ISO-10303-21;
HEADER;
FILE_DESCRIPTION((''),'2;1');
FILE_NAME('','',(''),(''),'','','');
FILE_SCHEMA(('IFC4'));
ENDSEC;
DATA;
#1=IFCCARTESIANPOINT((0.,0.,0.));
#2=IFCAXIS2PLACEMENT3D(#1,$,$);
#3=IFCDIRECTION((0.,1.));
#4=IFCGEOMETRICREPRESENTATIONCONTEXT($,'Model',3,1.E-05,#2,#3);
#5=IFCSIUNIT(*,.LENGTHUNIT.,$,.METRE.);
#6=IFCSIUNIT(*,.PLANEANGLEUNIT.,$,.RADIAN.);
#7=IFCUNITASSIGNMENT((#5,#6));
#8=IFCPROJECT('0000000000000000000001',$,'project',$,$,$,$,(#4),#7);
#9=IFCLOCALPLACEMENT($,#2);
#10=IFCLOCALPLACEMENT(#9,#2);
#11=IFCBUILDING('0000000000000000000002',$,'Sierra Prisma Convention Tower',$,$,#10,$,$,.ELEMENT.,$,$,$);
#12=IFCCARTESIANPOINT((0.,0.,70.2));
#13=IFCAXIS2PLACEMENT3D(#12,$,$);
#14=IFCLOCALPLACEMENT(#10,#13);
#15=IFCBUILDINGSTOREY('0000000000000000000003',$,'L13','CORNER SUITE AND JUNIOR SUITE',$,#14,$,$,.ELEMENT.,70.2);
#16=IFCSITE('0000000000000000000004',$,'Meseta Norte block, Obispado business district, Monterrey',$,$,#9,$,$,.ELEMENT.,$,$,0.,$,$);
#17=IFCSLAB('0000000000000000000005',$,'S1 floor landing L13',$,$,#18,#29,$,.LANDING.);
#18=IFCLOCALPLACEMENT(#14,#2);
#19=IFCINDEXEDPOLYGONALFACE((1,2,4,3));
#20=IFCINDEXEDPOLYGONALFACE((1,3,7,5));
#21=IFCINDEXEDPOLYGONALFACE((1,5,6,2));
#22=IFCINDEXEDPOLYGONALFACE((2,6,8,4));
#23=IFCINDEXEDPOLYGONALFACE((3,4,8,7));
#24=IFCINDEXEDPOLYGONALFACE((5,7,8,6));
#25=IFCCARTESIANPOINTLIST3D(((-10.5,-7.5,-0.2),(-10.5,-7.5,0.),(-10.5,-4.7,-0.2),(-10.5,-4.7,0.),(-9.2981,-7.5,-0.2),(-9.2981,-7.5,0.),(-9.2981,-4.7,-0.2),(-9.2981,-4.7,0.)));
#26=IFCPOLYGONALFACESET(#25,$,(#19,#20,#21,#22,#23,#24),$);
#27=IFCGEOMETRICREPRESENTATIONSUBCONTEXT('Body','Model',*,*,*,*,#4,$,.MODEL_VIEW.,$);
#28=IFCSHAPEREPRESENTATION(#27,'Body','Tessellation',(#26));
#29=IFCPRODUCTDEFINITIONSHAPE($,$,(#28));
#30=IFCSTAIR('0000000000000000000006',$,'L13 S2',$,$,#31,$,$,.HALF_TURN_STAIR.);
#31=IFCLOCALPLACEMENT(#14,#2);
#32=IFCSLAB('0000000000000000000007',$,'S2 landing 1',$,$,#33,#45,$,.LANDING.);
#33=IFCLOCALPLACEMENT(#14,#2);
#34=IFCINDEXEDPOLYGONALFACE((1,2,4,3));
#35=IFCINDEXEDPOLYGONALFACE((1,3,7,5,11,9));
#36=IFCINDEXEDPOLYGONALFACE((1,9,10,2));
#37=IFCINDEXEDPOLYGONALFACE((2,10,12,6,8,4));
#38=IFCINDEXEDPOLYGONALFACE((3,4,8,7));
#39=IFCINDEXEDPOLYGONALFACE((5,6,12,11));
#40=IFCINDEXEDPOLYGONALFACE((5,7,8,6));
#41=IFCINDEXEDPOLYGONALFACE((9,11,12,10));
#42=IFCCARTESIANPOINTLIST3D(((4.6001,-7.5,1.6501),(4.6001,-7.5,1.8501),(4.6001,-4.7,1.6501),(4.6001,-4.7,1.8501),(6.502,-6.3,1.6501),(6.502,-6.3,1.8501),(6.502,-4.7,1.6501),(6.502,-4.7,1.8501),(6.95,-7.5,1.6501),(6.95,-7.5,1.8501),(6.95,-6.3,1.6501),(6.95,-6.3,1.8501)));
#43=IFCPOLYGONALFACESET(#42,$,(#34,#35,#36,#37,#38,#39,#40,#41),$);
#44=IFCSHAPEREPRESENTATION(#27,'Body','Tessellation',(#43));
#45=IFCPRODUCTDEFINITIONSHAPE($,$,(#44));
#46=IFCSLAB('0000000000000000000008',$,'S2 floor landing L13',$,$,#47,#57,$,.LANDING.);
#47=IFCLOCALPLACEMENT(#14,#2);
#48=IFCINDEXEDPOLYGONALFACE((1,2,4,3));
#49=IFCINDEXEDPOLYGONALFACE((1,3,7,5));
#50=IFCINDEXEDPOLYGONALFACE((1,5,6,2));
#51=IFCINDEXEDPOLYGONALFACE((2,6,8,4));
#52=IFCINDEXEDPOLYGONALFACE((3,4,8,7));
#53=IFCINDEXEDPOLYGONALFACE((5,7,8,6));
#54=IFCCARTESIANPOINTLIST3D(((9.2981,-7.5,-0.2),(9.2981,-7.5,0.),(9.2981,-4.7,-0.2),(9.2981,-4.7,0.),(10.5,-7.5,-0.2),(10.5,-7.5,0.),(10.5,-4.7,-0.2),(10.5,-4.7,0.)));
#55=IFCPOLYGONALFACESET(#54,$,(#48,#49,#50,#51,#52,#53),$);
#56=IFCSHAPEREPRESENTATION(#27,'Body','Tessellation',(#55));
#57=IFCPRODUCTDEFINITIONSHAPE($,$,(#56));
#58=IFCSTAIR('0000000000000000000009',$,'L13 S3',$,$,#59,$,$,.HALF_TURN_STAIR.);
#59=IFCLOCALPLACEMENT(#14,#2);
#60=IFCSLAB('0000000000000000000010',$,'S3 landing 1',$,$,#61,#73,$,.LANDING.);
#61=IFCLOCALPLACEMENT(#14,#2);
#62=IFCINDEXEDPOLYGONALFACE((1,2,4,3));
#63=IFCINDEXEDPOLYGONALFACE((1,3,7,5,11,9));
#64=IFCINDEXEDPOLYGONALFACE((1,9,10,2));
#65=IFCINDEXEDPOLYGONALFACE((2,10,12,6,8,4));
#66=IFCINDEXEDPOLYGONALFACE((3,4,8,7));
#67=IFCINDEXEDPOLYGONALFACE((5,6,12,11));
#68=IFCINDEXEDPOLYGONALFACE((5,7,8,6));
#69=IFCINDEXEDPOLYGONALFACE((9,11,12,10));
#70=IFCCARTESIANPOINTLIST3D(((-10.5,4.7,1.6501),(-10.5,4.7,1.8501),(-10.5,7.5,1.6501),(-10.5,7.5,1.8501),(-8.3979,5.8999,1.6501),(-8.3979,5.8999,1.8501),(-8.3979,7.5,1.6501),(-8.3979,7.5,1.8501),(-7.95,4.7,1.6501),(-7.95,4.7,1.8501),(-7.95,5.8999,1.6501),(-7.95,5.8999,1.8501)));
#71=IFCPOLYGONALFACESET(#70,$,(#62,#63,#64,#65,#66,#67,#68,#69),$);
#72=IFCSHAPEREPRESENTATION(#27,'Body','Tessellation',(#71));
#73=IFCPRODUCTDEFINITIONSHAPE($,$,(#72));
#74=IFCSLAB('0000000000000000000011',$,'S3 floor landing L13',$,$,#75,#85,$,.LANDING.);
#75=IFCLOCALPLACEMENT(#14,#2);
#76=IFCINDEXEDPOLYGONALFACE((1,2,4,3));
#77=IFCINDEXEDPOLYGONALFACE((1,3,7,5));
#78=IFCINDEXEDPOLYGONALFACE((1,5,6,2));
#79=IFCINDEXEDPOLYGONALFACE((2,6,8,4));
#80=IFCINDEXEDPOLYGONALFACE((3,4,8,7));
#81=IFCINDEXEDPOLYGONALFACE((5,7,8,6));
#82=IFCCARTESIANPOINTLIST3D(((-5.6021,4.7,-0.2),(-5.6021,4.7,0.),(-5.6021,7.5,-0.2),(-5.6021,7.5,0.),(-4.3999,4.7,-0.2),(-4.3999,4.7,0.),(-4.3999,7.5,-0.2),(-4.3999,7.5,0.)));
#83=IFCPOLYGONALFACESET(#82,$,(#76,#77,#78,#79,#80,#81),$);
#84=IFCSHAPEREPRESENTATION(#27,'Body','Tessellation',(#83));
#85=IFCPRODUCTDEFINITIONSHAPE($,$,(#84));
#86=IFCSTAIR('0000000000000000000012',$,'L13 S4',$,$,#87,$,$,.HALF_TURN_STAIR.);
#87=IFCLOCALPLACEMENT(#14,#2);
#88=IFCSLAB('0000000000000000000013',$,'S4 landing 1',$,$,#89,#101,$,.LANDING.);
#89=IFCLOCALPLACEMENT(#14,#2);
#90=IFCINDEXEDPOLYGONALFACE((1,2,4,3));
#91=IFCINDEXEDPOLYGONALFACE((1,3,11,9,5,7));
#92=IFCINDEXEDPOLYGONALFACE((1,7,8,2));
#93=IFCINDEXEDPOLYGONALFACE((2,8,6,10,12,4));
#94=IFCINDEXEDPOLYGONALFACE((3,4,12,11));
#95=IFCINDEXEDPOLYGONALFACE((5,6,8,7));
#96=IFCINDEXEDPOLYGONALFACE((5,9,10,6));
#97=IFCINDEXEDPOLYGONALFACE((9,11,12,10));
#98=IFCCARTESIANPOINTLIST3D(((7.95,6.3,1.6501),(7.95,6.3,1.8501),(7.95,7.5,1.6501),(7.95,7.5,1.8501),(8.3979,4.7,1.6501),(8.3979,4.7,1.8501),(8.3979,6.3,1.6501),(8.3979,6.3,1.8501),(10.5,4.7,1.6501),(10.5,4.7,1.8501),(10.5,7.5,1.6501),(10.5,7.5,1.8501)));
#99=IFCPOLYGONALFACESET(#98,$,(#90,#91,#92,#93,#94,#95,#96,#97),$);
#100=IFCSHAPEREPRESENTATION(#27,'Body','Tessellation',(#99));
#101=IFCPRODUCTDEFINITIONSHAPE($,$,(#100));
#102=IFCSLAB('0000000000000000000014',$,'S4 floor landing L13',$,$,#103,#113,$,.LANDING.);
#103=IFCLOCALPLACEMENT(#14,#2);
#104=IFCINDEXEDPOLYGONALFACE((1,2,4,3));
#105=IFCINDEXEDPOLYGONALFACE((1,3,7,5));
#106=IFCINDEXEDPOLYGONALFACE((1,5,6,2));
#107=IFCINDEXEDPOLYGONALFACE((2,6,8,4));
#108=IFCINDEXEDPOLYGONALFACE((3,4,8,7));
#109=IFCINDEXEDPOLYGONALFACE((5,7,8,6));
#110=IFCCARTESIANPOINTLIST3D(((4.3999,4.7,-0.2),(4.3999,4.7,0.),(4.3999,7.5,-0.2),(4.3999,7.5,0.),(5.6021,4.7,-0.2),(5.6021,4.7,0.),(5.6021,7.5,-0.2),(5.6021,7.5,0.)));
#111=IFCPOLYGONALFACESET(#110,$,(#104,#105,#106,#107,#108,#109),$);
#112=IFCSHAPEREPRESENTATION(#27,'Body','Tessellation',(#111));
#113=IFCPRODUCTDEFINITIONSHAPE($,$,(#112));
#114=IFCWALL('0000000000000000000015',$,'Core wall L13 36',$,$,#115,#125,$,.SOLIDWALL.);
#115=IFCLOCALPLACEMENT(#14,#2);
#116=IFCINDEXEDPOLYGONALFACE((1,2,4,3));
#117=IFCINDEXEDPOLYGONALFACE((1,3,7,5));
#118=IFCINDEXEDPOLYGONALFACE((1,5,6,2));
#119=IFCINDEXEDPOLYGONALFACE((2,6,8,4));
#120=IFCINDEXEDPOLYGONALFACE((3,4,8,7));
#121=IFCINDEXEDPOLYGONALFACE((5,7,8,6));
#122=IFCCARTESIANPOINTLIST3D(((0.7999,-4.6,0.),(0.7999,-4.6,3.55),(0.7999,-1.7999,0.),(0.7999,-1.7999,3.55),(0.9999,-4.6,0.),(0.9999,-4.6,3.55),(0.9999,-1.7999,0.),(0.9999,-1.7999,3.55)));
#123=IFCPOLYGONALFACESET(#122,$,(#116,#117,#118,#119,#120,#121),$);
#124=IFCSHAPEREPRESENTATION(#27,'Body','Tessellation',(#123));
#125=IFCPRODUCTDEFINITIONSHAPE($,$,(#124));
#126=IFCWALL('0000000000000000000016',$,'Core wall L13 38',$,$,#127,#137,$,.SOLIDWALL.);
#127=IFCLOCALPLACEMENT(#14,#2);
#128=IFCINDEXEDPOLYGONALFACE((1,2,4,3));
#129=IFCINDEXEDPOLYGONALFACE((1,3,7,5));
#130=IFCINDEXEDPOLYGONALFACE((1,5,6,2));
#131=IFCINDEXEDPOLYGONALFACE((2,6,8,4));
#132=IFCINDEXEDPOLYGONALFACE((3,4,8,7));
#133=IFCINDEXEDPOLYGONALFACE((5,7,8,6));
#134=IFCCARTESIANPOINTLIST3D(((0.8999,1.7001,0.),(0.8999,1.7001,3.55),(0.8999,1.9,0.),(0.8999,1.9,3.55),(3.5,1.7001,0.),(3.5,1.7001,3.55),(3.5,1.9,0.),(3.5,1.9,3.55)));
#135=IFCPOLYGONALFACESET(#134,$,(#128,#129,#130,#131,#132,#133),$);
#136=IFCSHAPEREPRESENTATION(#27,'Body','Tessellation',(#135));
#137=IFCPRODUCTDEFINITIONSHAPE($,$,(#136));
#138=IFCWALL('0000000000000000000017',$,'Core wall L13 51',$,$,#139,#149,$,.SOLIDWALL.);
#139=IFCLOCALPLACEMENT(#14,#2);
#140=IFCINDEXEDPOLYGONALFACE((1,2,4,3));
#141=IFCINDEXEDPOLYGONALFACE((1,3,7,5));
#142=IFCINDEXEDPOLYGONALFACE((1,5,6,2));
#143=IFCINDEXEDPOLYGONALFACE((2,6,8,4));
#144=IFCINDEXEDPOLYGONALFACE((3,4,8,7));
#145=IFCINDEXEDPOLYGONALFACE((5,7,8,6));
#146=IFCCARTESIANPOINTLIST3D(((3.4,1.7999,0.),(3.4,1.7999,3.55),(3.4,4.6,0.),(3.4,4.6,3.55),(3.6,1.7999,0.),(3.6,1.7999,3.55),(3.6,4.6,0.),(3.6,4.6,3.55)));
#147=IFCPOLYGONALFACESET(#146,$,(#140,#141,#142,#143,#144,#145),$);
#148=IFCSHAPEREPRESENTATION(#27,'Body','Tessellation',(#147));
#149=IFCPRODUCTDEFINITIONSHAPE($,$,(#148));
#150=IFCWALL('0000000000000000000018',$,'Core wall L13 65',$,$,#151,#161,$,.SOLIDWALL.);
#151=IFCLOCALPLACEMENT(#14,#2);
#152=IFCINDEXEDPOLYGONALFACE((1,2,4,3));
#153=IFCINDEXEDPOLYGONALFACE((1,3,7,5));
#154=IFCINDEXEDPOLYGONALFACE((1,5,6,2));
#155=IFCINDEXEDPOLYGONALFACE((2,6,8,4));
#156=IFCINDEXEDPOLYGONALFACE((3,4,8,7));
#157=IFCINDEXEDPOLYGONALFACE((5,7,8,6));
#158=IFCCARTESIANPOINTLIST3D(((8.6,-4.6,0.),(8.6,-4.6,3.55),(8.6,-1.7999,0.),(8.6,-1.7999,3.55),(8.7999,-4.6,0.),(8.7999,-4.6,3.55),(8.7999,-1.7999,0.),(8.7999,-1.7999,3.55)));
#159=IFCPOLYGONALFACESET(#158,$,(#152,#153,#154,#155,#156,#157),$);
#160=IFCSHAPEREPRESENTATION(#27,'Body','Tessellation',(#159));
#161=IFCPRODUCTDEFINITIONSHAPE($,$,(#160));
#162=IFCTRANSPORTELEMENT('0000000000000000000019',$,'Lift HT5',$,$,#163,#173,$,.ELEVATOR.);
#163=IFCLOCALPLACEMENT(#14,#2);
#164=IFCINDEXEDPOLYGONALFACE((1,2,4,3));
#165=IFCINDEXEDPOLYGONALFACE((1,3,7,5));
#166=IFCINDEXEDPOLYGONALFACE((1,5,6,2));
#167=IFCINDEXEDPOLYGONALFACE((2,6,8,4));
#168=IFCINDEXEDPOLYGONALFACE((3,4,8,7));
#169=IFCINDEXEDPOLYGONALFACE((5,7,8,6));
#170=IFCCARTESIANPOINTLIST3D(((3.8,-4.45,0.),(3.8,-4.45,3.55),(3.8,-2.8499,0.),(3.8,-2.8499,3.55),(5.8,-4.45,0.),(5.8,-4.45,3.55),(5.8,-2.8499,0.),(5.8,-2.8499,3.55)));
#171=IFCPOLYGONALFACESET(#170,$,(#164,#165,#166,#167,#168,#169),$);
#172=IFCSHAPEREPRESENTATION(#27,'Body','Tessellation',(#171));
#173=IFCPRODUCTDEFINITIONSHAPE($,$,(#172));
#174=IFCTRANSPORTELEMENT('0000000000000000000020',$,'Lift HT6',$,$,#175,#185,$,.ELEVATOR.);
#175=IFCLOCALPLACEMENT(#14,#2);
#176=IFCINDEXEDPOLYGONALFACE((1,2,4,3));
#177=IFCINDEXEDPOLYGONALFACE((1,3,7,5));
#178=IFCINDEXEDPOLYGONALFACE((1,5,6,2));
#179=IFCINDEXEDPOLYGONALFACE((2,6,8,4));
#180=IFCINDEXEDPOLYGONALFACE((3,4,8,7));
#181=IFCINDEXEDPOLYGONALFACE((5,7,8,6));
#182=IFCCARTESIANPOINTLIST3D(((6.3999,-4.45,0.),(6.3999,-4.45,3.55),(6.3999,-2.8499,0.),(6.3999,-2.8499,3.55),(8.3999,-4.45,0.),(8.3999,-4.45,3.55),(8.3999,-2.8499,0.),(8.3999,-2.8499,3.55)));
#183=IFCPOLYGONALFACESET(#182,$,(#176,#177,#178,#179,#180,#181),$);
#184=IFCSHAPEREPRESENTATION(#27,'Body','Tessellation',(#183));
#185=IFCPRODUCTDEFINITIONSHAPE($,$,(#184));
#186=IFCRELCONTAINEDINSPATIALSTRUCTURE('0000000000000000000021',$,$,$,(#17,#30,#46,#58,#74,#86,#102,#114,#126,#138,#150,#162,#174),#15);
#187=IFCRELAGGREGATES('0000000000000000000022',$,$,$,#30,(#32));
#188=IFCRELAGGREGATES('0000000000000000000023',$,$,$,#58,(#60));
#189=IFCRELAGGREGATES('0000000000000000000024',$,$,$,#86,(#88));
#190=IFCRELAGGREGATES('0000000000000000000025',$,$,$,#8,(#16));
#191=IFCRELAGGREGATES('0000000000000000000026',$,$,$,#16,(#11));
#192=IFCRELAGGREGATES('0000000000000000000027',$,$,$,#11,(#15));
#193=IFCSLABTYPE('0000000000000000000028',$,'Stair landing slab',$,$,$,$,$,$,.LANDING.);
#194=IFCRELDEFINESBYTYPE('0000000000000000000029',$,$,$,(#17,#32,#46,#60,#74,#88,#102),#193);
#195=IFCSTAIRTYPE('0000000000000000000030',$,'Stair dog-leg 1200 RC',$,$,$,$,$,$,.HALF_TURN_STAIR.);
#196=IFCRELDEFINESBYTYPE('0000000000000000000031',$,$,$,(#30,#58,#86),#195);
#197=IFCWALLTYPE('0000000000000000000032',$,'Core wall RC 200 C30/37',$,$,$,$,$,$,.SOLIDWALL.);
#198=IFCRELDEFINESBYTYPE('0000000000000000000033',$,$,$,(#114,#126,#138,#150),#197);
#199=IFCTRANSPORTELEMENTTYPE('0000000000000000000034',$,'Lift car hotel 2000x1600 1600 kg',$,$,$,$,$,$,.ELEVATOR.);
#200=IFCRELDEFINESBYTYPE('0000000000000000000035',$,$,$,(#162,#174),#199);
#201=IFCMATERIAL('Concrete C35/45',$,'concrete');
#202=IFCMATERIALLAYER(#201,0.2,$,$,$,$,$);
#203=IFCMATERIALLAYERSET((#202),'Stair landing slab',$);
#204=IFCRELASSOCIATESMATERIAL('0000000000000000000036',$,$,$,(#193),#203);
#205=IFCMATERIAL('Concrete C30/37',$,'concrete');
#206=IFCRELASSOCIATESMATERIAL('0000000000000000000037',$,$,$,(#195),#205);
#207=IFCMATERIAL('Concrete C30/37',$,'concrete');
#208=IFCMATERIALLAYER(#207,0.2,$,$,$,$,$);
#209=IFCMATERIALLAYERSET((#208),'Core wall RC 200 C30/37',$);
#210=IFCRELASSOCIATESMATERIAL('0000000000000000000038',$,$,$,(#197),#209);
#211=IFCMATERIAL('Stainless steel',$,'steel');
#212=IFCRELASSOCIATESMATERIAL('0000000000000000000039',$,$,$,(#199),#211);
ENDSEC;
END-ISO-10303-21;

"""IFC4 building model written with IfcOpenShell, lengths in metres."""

from ifc_helpers import new_model, si_unit, direction, frame, frame_2d, origin, origin_2d, place, context, subcontext, project, spatial, polyline, rectangle, outline, extrude, material, layer, layer_set, type_object, element, aggregate, save


model = new_model("IFC4")

# Units and contexts
model_context = context("Model", 3, precision=1e-05, world=origin(), true_north=direction((0.0, 1.0)))
body_context = subcontext(model_context, "Body", "Model", "MODEL_VIEW")
ifc_project = project(units=[si_unit("LENGTHUNIT", "METRE"), si_unit("PLANEANGLEUNIT", "RADIAN")], contexts=[model_context])

# Site, building, storey
site_placement = place(None, origin())
site = spatial("IfcSite", under=ifc_project, at=site_placement, Name="Meseta Norte block, Obispado business district, Monterrey", CompositionType="ELEMENT", RefElevation=0.0)
building_placement = place(site_placement, origin())
building = spatial("IfcBuilding", under=site, at=building_placement, Name="Sierra Prisma Convention Tower", CompositionType="ELEMENT")
storey_placement = place(building_placement, frame((0.0, 0.0, 70.2)))
storey = spatial("IfcBuildingStorey", under=building, at=storey_placement, Name="L13", Description="CORNER SUITE AND JUNIOR SUITE", CompositionType="ELEMENT", Elevation=70.2)

# Slab
ifc_material_1 = material(Name="Concrete C35/45", Category="concrete")
ifc_layer_1 = layer(ifc_material_1, 0.2)
ifc_layer_set_1 = layer_set([ifc_layer_1], Name="Stair landing slab")
slab_type = type_object("IfcSlabType", Name="Stair landing slab", PredefinedType="LANDING", material=ifc_layer_set_1)
slab_1_placement = place(storey_placement, frame((0.0, 0.0, -0.2)))
element("IfcSlab", 1, at=slab_1_placement, inside=storey, type_object=slab_type, Name="S1 floor landing L13", PredefinedType="LANDING", context=body_context, shape_type="SweptSolid", body=[
    extrude(outline(polyline([(-10.5, -7.5), (-9.2981, -7.5), (-9.2981, -4.7), (-10.5, -4.7), (-10.5, -7.5)])), origin(), (0.0, 0.0, 1.0), 0.2),
])

# Stair, slab
ifc_material_2 = material(Name="Concrete C30/37", Category="concrete")
stair_type = type_object("IfcStairType", Name="Stair dog-leg 1200 RC", PredefinedType="HALF_TURN_STAIR", material=ifc_material_2)
stair_1_placement = place(storey_placement, origin())
stair_1 = element("IfcStair", 2, at=stair_1_placement, inside=storey, type_object=stair_type, Name="L13 S2", PredefinedType="HALF_TURN_STAIR")
slab_2_placement = place(storey_placement, frame((0.0, 0.0, 1.6501)))
slab_2 = element("IfcSlab", 3, at=slab_2_placement, type_object=slab_type, Name="S2 landing 1", PredefinedType="LANDING", context=body_context, shape_type="SweptSolid", body=[
    extrude(outline(polyline([(6.95, -6.3), (6.95, -7.5), (4.6001, -7.5), (4.6001, -4.7), (6.502, -4.7), (6.502, -6.3), (6.95, -6.3)])), origin(), (0.0, 0.0, 1.0), 0.2),
])
aggregate(stair_1, [slab_2])

# Slab
slab_3_placement = place(storey_placement, frame((0.0, 0.0, -0.2)))
element("IfcSlab", 4, at=slab_3_placement, inside=storey, type_object=slab_type, Name="S2 floor landing L13", PredefinedType="LANDING", context=body_context, shape_type="SweptSolid", body=[
    extrude(outline(polyline([(10.5, -4.7), (9.2981, -4.7), (9.2981, -7.5), (10.5, -7.5), (10.5, -4.7)])), origin(), (0.0, 0.0, 1.0), 0.2),
])

# Stair, slab
stair_2_placement = place(storey_placement, origin())
stair_2 = element("IfcStair", 5, at=stair_2_placement, inside=storey, type_object=stair_type, Name="L13 S3", PredefinedType="HALF_TURN_STAIR")
slab_4_placement = place(storey_placement, frame((0.0, 0.0, 1.6501)))
slab_4 = element("IfcSlab", 6, at=slab_4_placement, type_object=slab_type, Name="S3 landing 1", PredefinedType="LANDING", context=body_context, shape_type="SweptSolid", body=[
    extrude(outline(polyline([(-7.95, 5.8999), (-7.95, 4.7), (-10.5, 4.7), (-10.5, 7.5), (-8.3979, 7.5), (-8.3979, 5.8999), (-7.95, 5.8999)])), origin(), (0.0, 0.0, 1.0), 0.2),
])
aggregate(stair_2, [slab_4])

# Slab
slab_5_placement = place(storey_placement, frame((0.0, 0.0, -0.2)))
element("IfcSlab", 7, at=slab_5_placement, inside=storey, type_object=slab_type, Name="S3 floor landing L13", PredefinedType="LANDING", context=body_context, shape_type="SweptSolid", body=[
    extrude(outline(polyline([(-4.3999, 7.5), (-5.6021, 7.5), (-5.6021, 4.7), (-4.3999, 4.7), (-4.3999, 7.5)])), origin(), (0.0, 0.0, 1.0), 0.2),
])

# Stair, slab
stair_3_placement = place(storey_placement, origin())
stair_3 = element("IfcStair", 8, at=stair_3_placement, inside=storey, type_object=stair_type, Name="L13 S4", PredefinedType="HALF_TURN_STAIR")
slab_6_placement = place(storey_placement, frame((0.0, 0.0, 1.6501)))
slab_6 = element("IfcSlab", 9, at=slab_6_placement, type_object=slab_type, Name="S4 landing 1", PredefinedType="LANDING", context=body_context, shape_type="SweptSolid", body=[
    extrude(outline(polyline([(10.5, 7.5), (10.5, 4.7), (8.3979, 4.7), (8.3979, 6.3), (7.95, 6.3), (7.95, 7.5), (10.5, 7.5)])), origin(), (0.0, 0.0, 1.0), 0.2),
])
aggregate(stair_3, [slab_6])

# Slab
slab_7_placement = place(storey_placement, frame((0.0, 0.0, -0.2)))
element("IfcSlab", 10, at=slab_7_placement, inside=storey, type_object=slab_type, Name="S4 floor landing L13", PredefinedType="LANDING", context=body_context, shape_type="SweptSolid", body=[
    extrude(outline(polyline([(4.3999, 4.7), (5.6021, 4.7), (5.6021, 7.5), (4.3999, 7.5), (4.3999, 4.7)])), origin(), (0.0, 0.0, 1.0), 0.2),
])

# Shared definitions
ifc_material_3 = material(Name="Concrete C30/37", Category="concrete")
ifc_layer_2 = layer(ifc_material_3, 0.2)
ifc_layer_set_2 = layer_set([ifc_layer_2], Name="Core wall RC 200 C30/37")
wall_type = type_object("IfcWallType", Name="Core wall RC 200 C30/37", PredefinedType="SOLIDWALL", material=ifc_layer_set_2)

# Walls
wall_1_placement = place(storey_placement, frame((0.8999, -1.8, 0.0), z_axis=(0.0, 0.0, 1.0), x_axis=(0.0, -1.0, 0.0)))
element("IfcWall", 11, at=wall_1_placement, inside=storey, type_object=wall_type, Name="Core wall L13 36", PredefinedType="SOLIDWALL", context=body_context, shape_type="SweptSolid", body=[
    extrude(rectangle(XDim=2.8, YDim=0.2, at=frame_2d((1.3999, 0.0))), origin(), (0.0, 0.0, 1.0), 3.55),
])
wall_2_placement = place(storey_placement, frame((3.5, 1.8, 0.0), z_axis=(0.0, 0.0, 1.0), x_axis=(-1.0, 0.0, 0.0)))
element("IfcWall", 12, at=wall_2_placement, inside=storey, type_object=wall_type, Name="Core wall L13 38", PredefinedType="SOLIDWALL", context=body_context, shape_type="SweptSolid", body=[
    extrude(rectangle(XDim=2.6001, YDim=0.2, at=frame_2d((1.3, 0.0))), origin(), (0.0, 0.0, 1.0), 3.55),
])

# Wall
wall_3_placement = place(storey_placement, frame((3.5, 1.8, 0.0), z_axis=(0.0, 0.0, 1.0), x_axis=(0.0, 1.0, 0.0)))
element("IfcWall", 13, at=wall_3_placement, inside=storey, type_object=wall_type, Name="Core wall L13 51", PredefinedType="SOLIDWALL", context=body_context, shape_type="SweptSolid", body=[
    extrude(rectangle(XDim=2.8, YDim=0.2, at=frame_2d((1.3999, 0.0))), origin(), (0.0, 0.0, 1.0), 3.55),
])

# Wall
wall_4_placement = place(storey_placement, frame((8.7, -1.8, 0.0), z_axis=(0.0, 0.0, 1.0), x_axis=(0.0, -1.0, 0.0)))
element("IfcWall", 14, at=wall_4_placement, inside=storey, type_object=wall_type, Name="Core wall L13 65", PredefinedType="SOLIDWALL", context=body_context, shape_type="SweptSolid", body=[
    extrude(rectangle(XDim=2.8, YDim=0.2, at=frame_2d((1.3999, 0.0))), origin(), (0.0, 0.0, 1.0), 3.55),
])

# Transport elements
ifc_material_4 = material(Name="Stainless steel", Category="steel")
transport_element_type = type_object("IfcTransportElementType", Name="Lift car hotel 2000x1600 1600 kg", PredefinedType="ELEVATOR", material=ifc_material_4)
for number, where, z_axis, x_axis, name in (
    (15, (4.8, -3.6499, 0.0), (0.0, 0.0, 1.0), (1.0, 0.0, 0.0), "Lift HT5"),
    (16, (7.3999, -3.6499, 0.0), (0.0, 0.0, 1.0), (1.0, 0.0, 0.0), "Lift HT6"),
):
    element("IfcTransportElement", number, at=place(storey_placement, frame(where, z_axis=z_axis, x_axis=x_axis)), inside=storey, type_object=transport_element_type, Name=name, PredefinedType="ELEVATOR", context=body_context, shape_type="SweptSolid", body=[
        extrude(rectangle(XDim=2.0, YDim=1.6001, at=origin_2d()), origin(), (0.0, 0.0, 1.0), 3.55),
    ])

save(model, "model.ifc")
